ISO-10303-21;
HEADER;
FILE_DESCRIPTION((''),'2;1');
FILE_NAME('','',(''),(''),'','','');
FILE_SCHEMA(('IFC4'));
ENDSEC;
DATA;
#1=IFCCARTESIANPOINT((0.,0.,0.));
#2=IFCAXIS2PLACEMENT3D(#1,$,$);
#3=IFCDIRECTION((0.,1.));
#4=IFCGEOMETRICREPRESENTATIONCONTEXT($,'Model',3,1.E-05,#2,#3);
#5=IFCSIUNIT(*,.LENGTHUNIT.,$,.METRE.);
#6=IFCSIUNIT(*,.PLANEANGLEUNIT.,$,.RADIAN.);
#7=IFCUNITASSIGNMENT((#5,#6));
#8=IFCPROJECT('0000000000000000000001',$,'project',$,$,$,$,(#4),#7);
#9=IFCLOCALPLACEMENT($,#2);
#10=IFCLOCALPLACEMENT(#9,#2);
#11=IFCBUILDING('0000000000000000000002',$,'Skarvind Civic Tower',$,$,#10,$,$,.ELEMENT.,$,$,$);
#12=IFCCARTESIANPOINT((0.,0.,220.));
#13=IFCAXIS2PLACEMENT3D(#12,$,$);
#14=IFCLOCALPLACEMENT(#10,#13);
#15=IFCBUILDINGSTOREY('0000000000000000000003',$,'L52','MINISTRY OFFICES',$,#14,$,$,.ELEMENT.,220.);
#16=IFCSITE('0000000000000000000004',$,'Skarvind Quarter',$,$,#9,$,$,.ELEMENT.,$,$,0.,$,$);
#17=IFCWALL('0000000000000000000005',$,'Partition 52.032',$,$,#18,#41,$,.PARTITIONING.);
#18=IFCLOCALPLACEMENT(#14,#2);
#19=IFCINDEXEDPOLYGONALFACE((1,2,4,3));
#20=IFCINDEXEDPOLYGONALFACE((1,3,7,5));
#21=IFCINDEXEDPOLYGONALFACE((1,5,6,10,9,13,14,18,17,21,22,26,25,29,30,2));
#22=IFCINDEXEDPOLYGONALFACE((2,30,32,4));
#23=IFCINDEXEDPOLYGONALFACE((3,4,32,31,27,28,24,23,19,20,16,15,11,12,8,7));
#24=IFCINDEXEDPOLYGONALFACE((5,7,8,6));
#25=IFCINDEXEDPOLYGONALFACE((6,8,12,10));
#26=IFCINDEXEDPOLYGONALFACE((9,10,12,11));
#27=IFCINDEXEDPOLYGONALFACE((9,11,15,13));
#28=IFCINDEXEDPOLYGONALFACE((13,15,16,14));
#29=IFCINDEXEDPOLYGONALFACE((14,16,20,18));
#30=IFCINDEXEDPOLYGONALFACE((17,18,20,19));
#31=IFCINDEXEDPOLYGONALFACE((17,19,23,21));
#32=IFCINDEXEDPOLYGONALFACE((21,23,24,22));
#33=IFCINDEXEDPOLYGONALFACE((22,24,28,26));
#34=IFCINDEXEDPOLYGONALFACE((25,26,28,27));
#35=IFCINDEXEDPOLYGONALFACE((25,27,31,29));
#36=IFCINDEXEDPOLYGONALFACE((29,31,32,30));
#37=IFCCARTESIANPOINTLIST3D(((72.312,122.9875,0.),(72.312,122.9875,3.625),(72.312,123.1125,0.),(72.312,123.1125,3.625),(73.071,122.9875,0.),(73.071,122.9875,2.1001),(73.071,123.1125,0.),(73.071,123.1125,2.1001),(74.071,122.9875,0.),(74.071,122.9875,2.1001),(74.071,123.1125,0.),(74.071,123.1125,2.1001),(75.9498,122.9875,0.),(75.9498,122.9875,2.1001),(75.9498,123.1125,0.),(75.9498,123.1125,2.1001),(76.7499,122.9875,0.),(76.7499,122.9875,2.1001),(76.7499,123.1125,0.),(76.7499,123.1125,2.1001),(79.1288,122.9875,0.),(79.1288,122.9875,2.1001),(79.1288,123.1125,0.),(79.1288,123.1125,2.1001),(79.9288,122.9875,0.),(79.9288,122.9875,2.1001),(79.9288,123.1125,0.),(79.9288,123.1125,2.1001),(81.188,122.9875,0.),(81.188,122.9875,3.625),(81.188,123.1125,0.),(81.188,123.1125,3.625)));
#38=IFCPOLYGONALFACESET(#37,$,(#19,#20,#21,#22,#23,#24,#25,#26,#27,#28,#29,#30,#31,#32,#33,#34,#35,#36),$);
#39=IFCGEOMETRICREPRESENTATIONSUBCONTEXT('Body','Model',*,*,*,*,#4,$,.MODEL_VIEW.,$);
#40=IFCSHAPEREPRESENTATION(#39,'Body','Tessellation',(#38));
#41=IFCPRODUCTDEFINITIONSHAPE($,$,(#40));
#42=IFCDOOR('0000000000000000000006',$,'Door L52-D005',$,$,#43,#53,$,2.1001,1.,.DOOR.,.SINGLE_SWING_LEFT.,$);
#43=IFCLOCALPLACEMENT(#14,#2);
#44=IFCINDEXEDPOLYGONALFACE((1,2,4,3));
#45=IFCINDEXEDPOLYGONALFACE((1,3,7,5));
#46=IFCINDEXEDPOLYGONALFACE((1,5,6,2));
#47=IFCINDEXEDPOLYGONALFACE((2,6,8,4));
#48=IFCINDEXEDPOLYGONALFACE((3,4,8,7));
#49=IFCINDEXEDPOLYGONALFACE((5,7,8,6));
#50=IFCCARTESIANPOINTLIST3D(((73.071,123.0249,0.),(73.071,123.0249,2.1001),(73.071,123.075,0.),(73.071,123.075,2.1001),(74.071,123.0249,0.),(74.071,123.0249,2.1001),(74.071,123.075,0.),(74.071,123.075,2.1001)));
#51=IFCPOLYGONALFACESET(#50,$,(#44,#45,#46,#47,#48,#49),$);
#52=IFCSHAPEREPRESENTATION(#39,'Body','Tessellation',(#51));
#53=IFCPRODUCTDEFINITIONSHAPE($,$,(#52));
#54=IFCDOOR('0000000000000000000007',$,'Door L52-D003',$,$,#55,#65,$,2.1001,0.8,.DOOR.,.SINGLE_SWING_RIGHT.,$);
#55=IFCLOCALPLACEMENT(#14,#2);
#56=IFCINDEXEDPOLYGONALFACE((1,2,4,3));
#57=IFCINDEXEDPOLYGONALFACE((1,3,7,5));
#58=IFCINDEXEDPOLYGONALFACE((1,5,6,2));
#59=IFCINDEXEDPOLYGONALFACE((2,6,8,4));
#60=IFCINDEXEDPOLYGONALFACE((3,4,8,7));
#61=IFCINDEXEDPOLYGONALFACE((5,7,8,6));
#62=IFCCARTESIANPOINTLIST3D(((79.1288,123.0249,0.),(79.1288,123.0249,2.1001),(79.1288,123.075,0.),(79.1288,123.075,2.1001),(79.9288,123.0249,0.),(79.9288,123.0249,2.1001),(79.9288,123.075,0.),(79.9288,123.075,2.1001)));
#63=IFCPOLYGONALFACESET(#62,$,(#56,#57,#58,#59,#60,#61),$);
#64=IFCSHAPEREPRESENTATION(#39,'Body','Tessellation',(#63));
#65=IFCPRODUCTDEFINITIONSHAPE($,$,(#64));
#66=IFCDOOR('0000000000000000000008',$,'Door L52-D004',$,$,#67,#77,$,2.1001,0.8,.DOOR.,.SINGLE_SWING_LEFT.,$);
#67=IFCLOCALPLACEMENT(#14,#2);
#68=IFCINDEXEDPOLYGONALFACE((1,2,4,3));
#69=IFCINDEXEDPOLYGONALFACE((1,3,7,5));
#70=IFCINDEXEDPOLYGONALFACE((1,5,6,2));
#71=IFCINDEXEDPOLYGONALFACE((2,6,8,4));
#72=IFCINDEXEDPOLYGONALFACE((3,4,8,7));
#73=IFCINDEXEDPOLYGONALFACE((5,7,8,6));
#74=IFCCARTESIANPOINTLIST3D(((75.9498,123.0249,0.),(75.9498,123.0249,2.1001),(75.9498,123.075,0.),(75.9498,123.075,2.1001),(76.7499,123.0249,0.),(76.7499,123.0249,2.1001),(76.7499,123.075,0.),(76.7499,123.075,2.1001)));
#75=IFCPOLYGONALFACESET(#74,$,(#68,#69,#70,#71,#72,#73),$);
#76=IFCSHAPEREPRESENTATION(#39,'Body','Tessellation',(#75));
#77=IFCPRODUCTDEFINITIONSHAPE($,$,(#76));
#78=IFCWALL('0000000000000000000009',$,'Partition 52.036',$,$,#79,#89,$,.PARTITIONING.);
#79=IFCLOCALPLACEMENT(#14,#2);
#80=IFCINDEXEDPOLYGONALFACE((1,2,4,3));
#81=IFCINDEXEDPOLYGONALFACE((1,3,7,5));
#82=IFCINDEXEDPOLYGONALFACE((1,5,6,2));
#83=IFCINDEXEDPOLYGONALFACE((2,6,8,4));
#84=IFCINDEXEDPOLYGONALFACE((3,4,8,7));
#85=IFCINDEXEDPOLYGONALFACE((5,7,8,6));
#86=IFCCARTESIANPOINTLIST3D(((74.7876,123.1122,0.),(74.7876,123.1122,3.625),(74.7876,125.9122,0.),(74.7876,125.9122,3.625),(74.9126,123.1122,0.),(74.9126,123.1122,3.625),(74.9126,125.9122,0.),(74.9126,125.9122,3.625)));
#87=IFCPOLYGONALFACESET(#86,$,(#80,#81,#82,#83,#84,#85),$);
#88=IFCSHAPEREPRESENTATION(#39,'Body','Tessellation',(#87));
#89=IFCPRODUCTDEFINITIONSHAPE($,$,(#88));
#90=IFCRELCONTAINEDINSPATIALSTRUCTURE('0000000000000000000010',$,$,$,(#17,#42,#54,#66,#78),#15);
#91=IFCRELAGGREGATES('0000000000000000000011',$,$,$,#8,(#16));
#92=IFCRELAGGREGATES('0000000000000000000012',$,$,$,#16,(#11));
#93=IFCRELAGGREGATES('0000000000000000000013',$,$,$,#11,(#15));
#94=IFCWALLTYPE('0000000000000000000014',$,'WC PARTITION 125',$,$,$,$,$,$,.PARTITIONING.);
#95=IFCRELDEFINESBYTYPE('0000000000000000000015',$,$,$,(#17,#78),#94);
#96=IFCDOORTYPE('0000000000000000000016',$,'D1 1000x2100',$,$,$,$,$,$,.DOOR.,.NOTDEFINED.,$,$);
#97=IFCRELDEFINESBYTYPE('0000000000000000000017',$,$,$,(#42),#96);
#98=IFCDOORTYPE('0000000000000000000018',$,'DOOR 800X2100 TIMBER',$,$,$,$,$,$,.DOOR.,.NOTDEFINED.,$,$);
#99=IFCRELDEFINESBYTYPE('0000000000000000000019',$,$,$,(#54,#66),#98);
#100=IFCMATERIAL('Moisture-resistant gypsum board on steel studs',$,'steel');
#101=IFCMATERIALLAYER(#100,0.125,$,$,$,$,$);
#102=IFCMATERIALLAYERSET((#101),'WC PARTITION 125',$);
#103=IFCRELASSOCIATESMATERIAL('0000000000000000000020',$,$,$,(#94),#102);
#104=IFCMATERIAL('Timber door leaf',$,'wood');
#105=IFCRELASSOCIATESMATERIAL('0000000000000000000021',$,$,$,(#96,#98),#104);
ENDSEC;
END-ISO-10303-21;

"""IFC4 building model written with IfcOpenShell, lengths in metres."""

from ifc_helpers import new_model, si_unit, direction, frame, frame_2d, origin, place, context, subcontext, project, spatial, rectangle, extrude, material, layer, layer_set, type_object, element, fill, save


model = new_model("IFC4")

# Units and contexts
model_context = context("Model", 3, precision=1e-05, world=origin(), true_north=direction((0.0, 1.0)))
body_context = subcontext(model_context, "Body", "Model", "MODEL_VIEW")
ifc_project = project(units=[si_unit("LENGTHUNIT", "METRE"), si_unit("PLANEANGLEUNIT", "RADIAN")], contexts=[model_context])

# Site, building, storey
site_placement = place(None, origin())
site = spatial("IfcSite", under=ifc_project, at=site_placement, Name="Skarvind Quarter", CompositionType="ELEMENT", RefElevation=0.0)
building_placement = place(site_placement, origin())
building = spatial("IfcBuilding", under=site, at=building_placement, Name="Skarvind Civic Tower", CompositionType="ELEMENT")
storey_placement = place(building_placement, frame((0.0, 0.0, 220.0)))
storey = spatial("IfcBuildingStorey", under=building, at=storey_placement, Name="L52", Description="MINISTRY OFFICES", CompositionType="ELEMENT", Elevation=220.0)

# Shared definitions
ifc_material_1 = material(Name="Moisture-resistant gypsum board on steel studs", Category="steel")
ifc_layer_1 = layer(ifc_material_1, 0.125)
ifc_layer_set_1 = layer_set([ifc_layer_1], Name="WC PARTITION 125")
wall_type_1 = type_object("IfcWallType", Name="WC PARTITION 125", PredefinedType="PARTITIONING", material=ifc_layer_set_1)

# Wall, openings, doors
wall_1_placement = place(storey_placement, frame((72.312, 123.05, 0.0), z_axis=(0.0, 0.0, 1.0), x_axis=(1.0, 0.0, 0.0)))
wall_1 = element("IfcWall", 1, at=wall_1_placement, inside=storey, type_object=wall_type_1, Name="Partition 52.032", PredefinedType="PARTITIONING", context=body_context, shape_type="SweptSolid", body=[
    extrude(rectangle(XDim=8.876, YDim=0.125, at=frame_2d((4.438, 0.0))), origin(), (0.0, 0.0, 1.0), 3.625),
])
opening_1_placement = place(wall_1_placement, frame((6.8169, 0.0, 0.0)))
opening_1 = element("IfcOpeningElement", 2, at=opening_1_placement, cuts=wall_1, PredefinedType="OPENING", context=body_context, shape_type="SweptSolid", body=[
    extrude(rectangle(XDim=0.8, YDim=2.1001, at=frame_2d((0.3999, 1.05))), frame((0.0, 0.0725, 0.0), z_axis=(0.0, -1.0, 0.0), x_axis=(1.0, 0.0, 0.0)), (0.0, 0.0, 1.0), 0.145),
])
opening_2_placement = place(wall_1_placement, frame((3.6379, 0.0, 0.0)))
opening_2 = element("IfcOpeningElement", 3, at=opening_2_placement, cuts=wall_1, PredefinedType="OPENING", context=body_context, shape_type="SweptSolid", body=[
    extrude(rectangle(XDim=0.8, YDim=2.1001, at=frame_2d((0.3999, 1.05))), frame((0.0, 0.0725, 0.0), z_axis=(0.0, -1.0, 0.0), x_axis=(1.0, 0.0, 0.0)), (0.0, 0.0, 1.0), 0.145),
])
opening_3_placement = place(wall_1_placement, frame((0.759, 0.0, 0.0)))
opening_3 = element("IfcOpeningElement", 4, at=opening_3_placement, cuts=wall_1, PredefinedType="OPENING", context=body_context, shape_type="SweptSolid", body=[
    extrude(rectangle(XDim=1.0, YDim=2.1001, at=frame_2d((0.5, 1.05))), frame((0.0, 0.0725, 0.0), z_axis=(0.0, -1.0, 0.0), x_axis=(1.0, 0.0, 0.0)), (0.0, 0.0, 1.0), 0.145),
])
ifc_material_2 = material(Name="Timber door leaf", Category="wood")
door_type_1 = type_object("IfcDoorType", Name="D1 1000x2100", OperationType="NOTDEFINED", PredefinedType="DOOR", material=ifc_material_2)
door_1_placement = place(opening_3_placement, origin())
door_1 = element("IfcDoor", 5, at=door_1_placement, inside=storey, type_object=door_type_1, Name="Door L52-D005", OperationType="SINGLE_SWING_LEFT", OverallHeight=2.1001, OverallWidth=1.0, PredefinedType="DOOR", context=body_context, shape_type="SweptSolid", body=[
    extrude(rectangle(XDim=1.0, YDim=2.1001, at=frame_2d((0.5, 1.05))), frame((0.0, 0.0249, 0.0), z_axis=(0.0, -1.0, 0.0), x_axis=(1.0, 0.0, 0.0)), (0.0, 0.0, 1.0), 0.05),
])
fill(opening_3, door_1)
door_type_2 = type_object("IfcDoorType", Name="DOOR 800X2100 TIMBER", OperationType="NOTDEFINED", PredefinedType="DOOR", material=ifc_material_2)
door_2_placement = place(opening_1_placement, origin())
door_2 = element("IfcDoor", 6, at=door_2_placement, inside=storey, type_object=door_type_2, Name="Door L52-D003", OperationType="SINGLE_SWING_RIGHT", OverallHeight=2.1001, OverallWidth=0.8, PredefinedType="DOOR", context=body_context, shape_type="SweptSolid", body=[
    extrude(rectangle(XDim=0.8, YDim=2.1001, at=frame_2d((0.3999, 1.05))), frame((0.0, 0.0249, 0.0), z_axis=(0.0, -1.0, 0.0), x_axis=(1.0, 0.0, 0.0)), (0.0, 0.0, 1.0), 0.05),
])
fill(opening_1, door_2)
door_3_placement = place(opening_2_placement, origin())
door_3 = element("IfcDoor", 7, at=door_3_placement, inside=storey, type_object=door_type_2, Name="Door L52-D004", OperationType="SINGLE_SWING_LEFT", OverallHeight=2.1001, OverallWidth=0.8, PredefinedType="DOOR", context=body_context, shape_type="SweptSolid", body=[
    extrude(rectangle(XDim=0.8, YDim=2.1001, at=frame_2d((0.3999, 1.05))), frame((0.0, 0.0249, 0.0), z_axis=(0.0, -1.0, 0.0), x_axis=(1.0, 0.0, 0.0)), (0.0, 0.0, 1.0), 0.05),
])
fill(opening_2, door_3)

# Wall
wall_2_placement = place(storey_placement, frame((74.8501, 125.9121, 0.0), z_axis=(0.0, 0.0, 1.0), x_axis=(0.0, -1.0, 0.0)))
element("IfcWall", 8, at=wall_2_placement, inside=storey, type_object=wall_type_1, Name="Partition 52.036", PredefinedType="PARTITIONING", context=body_context, shape_type="SweptSolid", body=[
    extrude(rectangle(XDim=2.8, YDim=0.125, at=frame_2d((1.3999, 0.0))), origin(), (0.0, 0.0, 1.0), 3.625),
])

save(model, "model.ifc")
